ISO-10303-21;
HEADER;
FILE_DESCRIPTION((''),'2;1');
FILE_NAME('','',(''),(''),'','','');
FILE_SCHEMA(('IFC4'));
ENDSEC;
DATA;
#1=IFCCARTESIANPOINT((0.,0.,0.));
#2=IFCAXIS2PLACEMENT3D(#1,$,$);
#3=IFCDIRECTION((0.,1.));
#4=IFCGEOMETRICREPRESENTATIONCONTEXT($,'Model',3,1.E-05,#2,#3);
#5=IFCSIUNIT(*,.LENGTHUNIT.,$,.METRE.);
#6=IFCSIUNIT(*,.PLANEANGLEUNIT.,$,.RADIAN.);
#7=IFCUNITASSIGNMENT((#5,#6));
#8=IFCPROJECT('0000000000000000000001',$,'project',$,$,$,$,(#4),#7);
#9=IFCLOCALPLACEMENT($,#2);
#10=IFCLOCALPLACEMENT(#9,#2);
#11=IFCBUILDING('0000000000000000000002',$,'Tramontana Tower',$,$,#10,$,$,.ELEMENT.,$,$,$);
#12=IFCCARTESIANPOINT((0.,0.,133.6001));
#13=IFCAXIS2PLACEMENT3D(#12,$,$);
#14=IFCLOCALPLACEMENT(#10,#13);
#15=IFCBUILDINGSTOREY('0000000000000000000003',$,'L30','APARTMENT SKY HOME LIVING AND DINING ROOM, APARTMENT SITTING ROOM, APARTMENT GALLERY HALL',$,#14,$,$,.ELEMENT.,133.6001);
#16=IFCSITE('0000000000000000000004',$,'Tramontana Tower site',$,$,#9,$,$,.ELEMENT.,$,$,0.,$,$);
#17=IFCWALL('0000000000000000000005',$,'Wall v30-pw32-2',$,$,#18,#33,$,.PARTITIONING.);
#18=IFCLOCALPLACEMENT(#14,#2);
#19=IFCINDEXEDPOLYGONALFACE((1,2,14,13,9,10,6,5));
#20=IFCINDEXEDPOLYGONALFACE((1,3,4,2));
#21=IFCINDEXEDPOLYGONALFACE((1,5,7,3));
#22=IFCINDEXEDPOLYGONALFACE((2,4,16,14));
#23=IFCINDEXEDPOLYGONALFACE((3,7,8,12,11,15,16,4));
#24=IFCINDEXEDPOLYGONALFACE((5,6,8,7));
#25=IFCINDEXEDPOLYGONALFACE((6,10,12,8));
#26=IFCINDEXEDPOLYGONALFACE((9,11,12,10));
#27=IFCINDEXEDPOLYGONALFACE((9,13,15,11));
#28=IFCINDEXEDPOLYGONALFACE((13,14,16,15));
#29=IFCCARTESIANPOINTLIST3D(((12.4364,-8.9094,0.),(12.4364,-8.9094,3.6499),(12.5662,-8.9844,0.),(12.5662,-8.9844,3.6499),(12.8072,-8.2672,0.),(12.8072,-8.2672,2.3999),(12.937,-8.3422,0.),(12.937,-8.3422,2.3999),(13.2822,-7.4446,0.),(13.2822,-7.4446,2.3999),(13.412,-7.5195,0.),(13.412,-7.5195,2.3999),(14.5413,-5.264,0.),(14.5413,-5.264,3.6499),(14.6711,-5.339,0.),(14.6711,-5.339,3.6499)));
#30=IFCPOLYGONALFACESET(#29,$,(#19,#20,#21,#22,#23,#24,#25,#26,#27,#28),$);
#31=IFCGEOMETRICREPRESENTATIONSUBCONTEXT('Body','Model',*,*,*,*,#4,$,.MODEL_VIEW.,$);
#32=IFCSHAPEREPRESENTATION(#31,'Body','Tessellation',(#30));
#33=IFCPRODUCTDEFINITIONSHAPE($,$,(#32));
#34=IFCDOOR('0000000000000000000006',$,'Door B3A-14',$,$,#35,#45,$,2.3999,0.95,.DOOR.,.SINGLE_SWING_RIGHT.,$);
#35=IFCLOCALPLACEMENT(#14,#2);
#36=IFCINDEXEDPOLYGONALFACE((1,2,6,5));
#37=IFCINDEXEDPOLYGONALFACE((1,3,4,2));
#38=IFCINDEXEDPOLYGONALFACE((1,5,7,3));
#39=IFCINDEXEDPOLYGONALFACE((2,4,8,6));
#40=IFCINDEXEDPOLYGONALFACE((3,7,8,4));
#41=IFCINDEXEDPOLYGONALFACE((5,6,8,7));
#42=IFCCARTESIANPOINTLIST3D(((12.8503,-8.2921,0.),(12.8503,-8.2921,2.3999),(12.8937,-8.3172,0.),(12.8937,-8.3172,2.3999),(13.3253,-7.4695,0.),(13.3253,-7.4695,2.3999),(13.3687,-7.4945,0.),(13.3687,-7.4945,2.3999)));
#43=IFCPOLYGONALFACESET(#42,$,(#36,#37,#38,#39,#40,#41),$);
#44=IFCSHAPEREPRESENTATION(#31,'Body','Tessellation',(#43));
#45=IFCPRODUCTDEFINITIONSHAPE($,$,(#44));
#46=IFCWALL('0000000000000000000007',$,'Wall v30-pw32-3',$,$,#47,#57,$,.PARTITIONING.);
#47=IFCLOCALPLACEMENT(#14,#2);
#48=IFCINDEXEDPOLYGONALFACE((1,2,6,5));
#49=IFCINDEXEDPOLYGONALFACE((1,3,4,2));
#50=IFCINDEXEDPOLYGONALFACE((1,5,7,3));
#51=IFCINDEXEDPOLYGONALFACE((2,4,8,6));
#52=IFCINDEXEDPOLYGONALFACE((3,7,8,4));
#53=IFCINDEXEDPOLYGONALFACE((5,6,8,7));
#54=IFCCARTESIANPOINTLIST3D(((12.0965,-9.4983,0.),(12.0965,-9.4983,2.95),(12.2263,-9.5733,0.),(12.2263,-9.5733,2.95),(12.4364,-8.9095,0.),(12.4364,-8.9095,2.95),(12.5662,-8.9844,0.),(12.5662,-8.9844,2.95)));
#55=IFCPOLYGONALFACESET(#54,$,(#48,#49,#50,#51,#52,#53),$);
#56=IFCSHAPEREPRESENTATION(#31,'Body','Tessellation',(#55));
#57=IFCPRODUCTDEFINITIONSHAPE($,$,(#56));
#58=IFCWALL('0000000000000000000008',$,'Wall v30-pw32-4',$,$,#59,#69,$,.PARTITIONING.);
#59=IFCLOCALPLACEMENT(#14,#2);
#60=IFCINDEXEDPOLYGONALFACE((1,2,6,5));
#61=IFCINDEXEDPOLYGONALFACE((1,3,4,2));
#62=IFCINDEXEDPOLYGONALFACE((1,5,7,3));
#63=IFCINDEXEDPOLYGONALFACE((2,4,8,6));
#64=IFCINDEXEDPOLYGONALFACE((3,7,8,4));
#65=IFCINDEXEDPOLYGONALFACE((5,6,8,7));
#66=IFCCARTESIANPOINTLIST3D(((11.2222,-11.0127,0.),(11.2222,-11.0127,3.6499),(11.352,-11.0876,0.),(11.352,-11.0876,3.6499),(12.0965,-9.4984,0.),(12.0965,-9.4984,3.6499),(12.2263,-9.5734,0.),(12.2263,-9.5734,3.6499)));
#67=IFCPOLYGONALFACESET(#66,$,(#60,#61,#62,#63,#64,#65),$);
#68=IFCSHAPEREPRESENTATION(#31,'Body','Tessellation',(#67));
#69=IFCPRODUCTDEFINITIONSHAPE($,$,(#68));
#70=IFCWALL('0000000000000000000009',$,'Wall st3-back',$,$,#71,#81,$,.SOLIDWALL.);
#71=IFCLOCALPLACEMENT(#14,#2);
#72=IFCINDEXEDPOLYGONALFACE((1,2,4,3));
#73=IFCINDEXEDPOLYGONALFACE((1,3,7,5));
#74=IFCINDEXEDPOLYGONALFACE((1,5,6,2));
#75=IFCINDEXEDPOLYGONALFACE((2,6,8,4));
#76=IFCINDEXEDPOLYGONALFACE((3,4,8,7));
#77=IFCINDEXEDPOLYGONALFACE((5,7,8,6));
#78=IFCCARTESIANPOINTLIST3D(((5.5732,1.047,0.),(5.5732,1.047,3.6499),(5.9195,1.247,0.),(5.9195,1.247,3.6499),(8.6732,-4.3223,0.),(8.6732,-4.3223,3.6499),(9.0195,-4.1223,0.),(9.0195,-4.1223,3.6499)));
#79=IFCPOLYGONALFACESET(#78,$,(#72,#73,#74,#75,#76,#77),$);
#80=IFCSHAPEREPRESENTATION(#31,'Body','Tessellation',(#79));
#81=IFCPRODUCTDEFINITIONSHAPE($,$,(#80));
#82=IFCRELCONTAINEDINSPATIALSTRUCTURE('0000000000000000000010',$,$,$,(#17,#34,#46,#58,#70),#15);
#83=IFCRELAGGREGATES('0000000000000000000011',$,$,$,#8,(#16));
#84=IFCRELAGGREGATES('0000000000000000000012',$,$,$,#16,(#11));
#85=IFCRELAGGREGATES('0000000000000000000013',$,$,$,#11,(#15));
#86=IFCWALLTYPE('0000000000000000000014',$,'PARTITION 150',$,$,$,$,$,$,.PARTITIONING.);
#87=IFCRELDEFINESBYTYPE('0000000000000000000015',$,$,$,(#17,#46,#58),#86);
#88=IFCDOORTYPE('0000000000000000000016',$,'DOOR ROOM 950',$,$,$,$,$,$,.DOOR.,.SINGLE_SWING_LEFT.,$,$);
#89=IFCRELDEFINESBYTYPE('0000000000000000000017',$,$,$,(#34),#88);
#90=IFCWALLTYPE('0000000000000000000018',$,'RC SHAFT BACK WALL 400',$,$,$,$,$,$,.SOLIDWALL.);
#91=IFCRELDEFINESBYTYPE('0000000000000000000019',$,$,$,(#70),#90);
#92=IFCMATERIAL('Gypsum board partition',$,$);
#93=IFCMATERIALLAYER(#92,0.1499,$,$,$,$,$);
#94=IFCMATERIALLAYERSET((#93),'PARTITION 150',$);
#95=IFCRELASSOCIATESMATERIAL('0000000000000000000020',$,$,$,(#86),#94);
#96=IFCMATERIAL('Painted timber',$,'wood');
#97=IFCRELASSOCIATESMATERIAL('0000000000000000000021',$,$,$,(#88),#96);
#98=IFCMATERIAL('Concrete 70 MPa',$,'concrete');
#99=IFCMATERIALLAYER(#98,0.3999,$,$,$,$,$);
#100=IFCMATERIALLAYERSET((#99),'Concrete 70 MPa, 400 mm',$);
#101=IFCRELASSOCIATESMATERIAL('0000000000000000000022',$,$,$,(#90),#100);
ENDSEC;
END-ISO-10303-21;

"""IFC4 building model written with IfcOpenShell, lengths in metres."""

from ifc_helpers import new_model, si_unit, direction, frame, frame_2d, origin, place, context, subcontext, project, spatial, rectangle, extrude, material, layer, layer_set, type_object, element, fill, save


model = new_model("IFC4")

# Units and contexts
model_context = context("Model", 3, precision=1e-05, world=origin(), true_north=direction((0.0, 1.0)))
body_context = subcontext(model_context, "Body", "Model", "MODEL_VIEW")
ifc_project = project(units=[si_unit("LENGTHUNIT", "METRE"), si_unit("PLANEANGLEUNIT", "RADIAN")], contexts=[model_context])

# Site, building, storey
site_placement = place(None, origin())
site = spatial("IfcSite", under=ifc_project, at=site_placement, Name="Tramontana Tower site", CompositionType="ELEMENT", RefElevation=0.0)
building_placement = place(site_placement, origin())
building = spatial("IfcBuilding", under=site, at=building_placement, Name="Tramontana Tower", CompositionType="ELEMENT")
storey_placement = place(building_placement, frame((0.0, 0.0, 133.6001)))
storey = spatial("IfcBuildingStorey", under=building, at=storey_placement, Name="L30", Description="APARTMENT SKY HOME LIVING AND DINING ROOM, APARTMENT SITTING ROOM, APARTMENT GALLERY HALL", CompositionType="ELEMENT", Elevation=133.6001)

# Shared definitions
ifc_material_1 = material(Name="Gypsum board partition")
ifc_layer_1 = layer(ifc_material_1, 0.1499)
ifc_layer_set_1 = layer_set([ifc_layer_1], Name="PARTITION 150")
wall_type_1 = type_object("IfcWallType", Name="PARTITION 150", PredefinedType="PARTITIONING", material=ifc_layer_set_1)

# Wall, opening, door
wall_1_placement = place(storey_placement, frame((14.6062, -5.3015, 0.0), z_axis=(0.0, 0.0, 1.0), x_axis=(-0.500044, -0.866, 0.0)))
wall_1 = element("IfcWall", 1, at=wall_1_placement, inside=storey, type_object=wall_type_1, Name="Wall v30-pw32-2", PredefinedType="PARTITIONING", context=body_context, shape_type="SweptSolid", body=[
    extrude(rectangle(XDim=4.2095, YDim=0.1499, at=frame_2d((2.1047, 0.0))), origin(), (0.0, 0.0, 1.0), 3.6499),
])
opening_1_placement = place(wall_1_placement, frame((2.5178, 0.0, 0.0)))
opening_1 = element("IfcOpeningElement", 2, at=opening_1_placement, cuts=wall_1, PredefinedType="OPENING", context=body_context, shape_type="SweptSolid", body=[
    extrude(rectangle(XDim=0.95, YDim=2.3999, at=frame_2d((0.4751, 1.2))), frame((0.0, 0.085, 0.0), z_axis=(0.0, -1.0, 0.0), x_axis=(1.0, 0.0, 0.0)), (0.0, 0.0, 1.0), 0.1699),
])
ifc_material_2 = material(Name="Painted timber", Category="wood")
door_type_1 = type_object("IfcDoorType", Name="DOOR ROOM 950", OperationType="SINGLE_SWING_LEFT", PredefinedType="DOOR", material=ifc_material_2)
door_1_placement = place(opening_1_placement, origin())
door_1 = element("IfcDoor", 3, at=door_1_placement, inside=storey, type_object=door_type_1, Name="Door B3A-14", OperationType="SINGLE_SWING_RIGHT", OverallHeight=2.3999, OverallWidth=0.95, PredefinedType="DOOR", context=body_context, shape_type="SweptSolid", body=[
    extrude(rectangle(XDim=0.95, YDim=2.3999, at=frame_2d((0.4751, 1.2))), frame((0.0, 0.0249, 0.0), z_axis=(0.0, -1.0, 0.0), x_axis=(1.0, 0.0, 0.0)), (0.0, 0.0, 1.0), 0.05),
])
fill(opening_1, door_1)

# Walls
wall_2_placement = place(storey_placement, frame((12.5012, -8.947, 0.0), z_axis=(0.0, 0.0, 1.0), x_axis=(-0.499847, -0.866114, 0.0)))
element("IfcWall", 4, at=wall_2_placement, inside=storey, type_object=wall_type_1, Name="Wall v30-pw32-3", PredefinedType="PARTITIONING", context=body_context, shape_type="SweptSolid", body=[
    extrude(rectangle(XDim=0.6799, YDim=0.1499, at=frame_2d((0.3398, 0.0))), origin(), (0.0, 0.0, 1.0), 2.95),
])
wall_3_placement = place(storey_placement, frame((12.1614, -9.5359, 0.0), z_axis=(0.0, 0.0, 1.0), x_axis=(-0.500029, -0.866009, 0.0)))
element("IfcWall", 5, at=wall_3_placement, inside=storey, type_object=wall_type_1, Name="Wall v30-pw32-4", PredefinedType="PARTITIONING", context=body_context, shape_type="SweptSolid", body=[
    extrude(rectangle(XDim=1.7485, YDim=0.1499, at=frame_2d((0.8743, 0.0))), origin(), (0.0, 0.0, 1.0), 3.6499),
])
ifc_material_3 = material(Name="Concrete 70 MPa", Category="concrete")
ifc_layer_2 = layer(ifc_material_3, 0.3999)
ifc_layer_set_2 = layer_set([ifc_layer_2], Name="Concrete 70 MPa, 400 mm")
wall_type_2 = type_object("IfcWallType", Name="RC SHAFT BACK WALL 400", PredefinedType="SOLIDWALL", material=ifc_layer_set_2)
wall_4_placement = place(storey_placement, frame((8.8464, -4.2224, 0.0), z_axis=(0.0, 0.0, 1.0), x_axis=(-0.50001, 0.86602, 0.0)))
element("IfcWall", 6, at=wall_4_placement, inside=storey, type_object=wall_type_2, Name="Wall st3-back", PredefinedType="SOLIDWALL", context=body_context, shape_type="SweptSolid", body=[
    extrude(rectangle(XDim=6.2, YDim=0.3999, at=frame_2d((3.1001, 0.0))), origin(), (0.0, 0.0, 1.0), 3.6499),
])

save(model, "model.ifc")
